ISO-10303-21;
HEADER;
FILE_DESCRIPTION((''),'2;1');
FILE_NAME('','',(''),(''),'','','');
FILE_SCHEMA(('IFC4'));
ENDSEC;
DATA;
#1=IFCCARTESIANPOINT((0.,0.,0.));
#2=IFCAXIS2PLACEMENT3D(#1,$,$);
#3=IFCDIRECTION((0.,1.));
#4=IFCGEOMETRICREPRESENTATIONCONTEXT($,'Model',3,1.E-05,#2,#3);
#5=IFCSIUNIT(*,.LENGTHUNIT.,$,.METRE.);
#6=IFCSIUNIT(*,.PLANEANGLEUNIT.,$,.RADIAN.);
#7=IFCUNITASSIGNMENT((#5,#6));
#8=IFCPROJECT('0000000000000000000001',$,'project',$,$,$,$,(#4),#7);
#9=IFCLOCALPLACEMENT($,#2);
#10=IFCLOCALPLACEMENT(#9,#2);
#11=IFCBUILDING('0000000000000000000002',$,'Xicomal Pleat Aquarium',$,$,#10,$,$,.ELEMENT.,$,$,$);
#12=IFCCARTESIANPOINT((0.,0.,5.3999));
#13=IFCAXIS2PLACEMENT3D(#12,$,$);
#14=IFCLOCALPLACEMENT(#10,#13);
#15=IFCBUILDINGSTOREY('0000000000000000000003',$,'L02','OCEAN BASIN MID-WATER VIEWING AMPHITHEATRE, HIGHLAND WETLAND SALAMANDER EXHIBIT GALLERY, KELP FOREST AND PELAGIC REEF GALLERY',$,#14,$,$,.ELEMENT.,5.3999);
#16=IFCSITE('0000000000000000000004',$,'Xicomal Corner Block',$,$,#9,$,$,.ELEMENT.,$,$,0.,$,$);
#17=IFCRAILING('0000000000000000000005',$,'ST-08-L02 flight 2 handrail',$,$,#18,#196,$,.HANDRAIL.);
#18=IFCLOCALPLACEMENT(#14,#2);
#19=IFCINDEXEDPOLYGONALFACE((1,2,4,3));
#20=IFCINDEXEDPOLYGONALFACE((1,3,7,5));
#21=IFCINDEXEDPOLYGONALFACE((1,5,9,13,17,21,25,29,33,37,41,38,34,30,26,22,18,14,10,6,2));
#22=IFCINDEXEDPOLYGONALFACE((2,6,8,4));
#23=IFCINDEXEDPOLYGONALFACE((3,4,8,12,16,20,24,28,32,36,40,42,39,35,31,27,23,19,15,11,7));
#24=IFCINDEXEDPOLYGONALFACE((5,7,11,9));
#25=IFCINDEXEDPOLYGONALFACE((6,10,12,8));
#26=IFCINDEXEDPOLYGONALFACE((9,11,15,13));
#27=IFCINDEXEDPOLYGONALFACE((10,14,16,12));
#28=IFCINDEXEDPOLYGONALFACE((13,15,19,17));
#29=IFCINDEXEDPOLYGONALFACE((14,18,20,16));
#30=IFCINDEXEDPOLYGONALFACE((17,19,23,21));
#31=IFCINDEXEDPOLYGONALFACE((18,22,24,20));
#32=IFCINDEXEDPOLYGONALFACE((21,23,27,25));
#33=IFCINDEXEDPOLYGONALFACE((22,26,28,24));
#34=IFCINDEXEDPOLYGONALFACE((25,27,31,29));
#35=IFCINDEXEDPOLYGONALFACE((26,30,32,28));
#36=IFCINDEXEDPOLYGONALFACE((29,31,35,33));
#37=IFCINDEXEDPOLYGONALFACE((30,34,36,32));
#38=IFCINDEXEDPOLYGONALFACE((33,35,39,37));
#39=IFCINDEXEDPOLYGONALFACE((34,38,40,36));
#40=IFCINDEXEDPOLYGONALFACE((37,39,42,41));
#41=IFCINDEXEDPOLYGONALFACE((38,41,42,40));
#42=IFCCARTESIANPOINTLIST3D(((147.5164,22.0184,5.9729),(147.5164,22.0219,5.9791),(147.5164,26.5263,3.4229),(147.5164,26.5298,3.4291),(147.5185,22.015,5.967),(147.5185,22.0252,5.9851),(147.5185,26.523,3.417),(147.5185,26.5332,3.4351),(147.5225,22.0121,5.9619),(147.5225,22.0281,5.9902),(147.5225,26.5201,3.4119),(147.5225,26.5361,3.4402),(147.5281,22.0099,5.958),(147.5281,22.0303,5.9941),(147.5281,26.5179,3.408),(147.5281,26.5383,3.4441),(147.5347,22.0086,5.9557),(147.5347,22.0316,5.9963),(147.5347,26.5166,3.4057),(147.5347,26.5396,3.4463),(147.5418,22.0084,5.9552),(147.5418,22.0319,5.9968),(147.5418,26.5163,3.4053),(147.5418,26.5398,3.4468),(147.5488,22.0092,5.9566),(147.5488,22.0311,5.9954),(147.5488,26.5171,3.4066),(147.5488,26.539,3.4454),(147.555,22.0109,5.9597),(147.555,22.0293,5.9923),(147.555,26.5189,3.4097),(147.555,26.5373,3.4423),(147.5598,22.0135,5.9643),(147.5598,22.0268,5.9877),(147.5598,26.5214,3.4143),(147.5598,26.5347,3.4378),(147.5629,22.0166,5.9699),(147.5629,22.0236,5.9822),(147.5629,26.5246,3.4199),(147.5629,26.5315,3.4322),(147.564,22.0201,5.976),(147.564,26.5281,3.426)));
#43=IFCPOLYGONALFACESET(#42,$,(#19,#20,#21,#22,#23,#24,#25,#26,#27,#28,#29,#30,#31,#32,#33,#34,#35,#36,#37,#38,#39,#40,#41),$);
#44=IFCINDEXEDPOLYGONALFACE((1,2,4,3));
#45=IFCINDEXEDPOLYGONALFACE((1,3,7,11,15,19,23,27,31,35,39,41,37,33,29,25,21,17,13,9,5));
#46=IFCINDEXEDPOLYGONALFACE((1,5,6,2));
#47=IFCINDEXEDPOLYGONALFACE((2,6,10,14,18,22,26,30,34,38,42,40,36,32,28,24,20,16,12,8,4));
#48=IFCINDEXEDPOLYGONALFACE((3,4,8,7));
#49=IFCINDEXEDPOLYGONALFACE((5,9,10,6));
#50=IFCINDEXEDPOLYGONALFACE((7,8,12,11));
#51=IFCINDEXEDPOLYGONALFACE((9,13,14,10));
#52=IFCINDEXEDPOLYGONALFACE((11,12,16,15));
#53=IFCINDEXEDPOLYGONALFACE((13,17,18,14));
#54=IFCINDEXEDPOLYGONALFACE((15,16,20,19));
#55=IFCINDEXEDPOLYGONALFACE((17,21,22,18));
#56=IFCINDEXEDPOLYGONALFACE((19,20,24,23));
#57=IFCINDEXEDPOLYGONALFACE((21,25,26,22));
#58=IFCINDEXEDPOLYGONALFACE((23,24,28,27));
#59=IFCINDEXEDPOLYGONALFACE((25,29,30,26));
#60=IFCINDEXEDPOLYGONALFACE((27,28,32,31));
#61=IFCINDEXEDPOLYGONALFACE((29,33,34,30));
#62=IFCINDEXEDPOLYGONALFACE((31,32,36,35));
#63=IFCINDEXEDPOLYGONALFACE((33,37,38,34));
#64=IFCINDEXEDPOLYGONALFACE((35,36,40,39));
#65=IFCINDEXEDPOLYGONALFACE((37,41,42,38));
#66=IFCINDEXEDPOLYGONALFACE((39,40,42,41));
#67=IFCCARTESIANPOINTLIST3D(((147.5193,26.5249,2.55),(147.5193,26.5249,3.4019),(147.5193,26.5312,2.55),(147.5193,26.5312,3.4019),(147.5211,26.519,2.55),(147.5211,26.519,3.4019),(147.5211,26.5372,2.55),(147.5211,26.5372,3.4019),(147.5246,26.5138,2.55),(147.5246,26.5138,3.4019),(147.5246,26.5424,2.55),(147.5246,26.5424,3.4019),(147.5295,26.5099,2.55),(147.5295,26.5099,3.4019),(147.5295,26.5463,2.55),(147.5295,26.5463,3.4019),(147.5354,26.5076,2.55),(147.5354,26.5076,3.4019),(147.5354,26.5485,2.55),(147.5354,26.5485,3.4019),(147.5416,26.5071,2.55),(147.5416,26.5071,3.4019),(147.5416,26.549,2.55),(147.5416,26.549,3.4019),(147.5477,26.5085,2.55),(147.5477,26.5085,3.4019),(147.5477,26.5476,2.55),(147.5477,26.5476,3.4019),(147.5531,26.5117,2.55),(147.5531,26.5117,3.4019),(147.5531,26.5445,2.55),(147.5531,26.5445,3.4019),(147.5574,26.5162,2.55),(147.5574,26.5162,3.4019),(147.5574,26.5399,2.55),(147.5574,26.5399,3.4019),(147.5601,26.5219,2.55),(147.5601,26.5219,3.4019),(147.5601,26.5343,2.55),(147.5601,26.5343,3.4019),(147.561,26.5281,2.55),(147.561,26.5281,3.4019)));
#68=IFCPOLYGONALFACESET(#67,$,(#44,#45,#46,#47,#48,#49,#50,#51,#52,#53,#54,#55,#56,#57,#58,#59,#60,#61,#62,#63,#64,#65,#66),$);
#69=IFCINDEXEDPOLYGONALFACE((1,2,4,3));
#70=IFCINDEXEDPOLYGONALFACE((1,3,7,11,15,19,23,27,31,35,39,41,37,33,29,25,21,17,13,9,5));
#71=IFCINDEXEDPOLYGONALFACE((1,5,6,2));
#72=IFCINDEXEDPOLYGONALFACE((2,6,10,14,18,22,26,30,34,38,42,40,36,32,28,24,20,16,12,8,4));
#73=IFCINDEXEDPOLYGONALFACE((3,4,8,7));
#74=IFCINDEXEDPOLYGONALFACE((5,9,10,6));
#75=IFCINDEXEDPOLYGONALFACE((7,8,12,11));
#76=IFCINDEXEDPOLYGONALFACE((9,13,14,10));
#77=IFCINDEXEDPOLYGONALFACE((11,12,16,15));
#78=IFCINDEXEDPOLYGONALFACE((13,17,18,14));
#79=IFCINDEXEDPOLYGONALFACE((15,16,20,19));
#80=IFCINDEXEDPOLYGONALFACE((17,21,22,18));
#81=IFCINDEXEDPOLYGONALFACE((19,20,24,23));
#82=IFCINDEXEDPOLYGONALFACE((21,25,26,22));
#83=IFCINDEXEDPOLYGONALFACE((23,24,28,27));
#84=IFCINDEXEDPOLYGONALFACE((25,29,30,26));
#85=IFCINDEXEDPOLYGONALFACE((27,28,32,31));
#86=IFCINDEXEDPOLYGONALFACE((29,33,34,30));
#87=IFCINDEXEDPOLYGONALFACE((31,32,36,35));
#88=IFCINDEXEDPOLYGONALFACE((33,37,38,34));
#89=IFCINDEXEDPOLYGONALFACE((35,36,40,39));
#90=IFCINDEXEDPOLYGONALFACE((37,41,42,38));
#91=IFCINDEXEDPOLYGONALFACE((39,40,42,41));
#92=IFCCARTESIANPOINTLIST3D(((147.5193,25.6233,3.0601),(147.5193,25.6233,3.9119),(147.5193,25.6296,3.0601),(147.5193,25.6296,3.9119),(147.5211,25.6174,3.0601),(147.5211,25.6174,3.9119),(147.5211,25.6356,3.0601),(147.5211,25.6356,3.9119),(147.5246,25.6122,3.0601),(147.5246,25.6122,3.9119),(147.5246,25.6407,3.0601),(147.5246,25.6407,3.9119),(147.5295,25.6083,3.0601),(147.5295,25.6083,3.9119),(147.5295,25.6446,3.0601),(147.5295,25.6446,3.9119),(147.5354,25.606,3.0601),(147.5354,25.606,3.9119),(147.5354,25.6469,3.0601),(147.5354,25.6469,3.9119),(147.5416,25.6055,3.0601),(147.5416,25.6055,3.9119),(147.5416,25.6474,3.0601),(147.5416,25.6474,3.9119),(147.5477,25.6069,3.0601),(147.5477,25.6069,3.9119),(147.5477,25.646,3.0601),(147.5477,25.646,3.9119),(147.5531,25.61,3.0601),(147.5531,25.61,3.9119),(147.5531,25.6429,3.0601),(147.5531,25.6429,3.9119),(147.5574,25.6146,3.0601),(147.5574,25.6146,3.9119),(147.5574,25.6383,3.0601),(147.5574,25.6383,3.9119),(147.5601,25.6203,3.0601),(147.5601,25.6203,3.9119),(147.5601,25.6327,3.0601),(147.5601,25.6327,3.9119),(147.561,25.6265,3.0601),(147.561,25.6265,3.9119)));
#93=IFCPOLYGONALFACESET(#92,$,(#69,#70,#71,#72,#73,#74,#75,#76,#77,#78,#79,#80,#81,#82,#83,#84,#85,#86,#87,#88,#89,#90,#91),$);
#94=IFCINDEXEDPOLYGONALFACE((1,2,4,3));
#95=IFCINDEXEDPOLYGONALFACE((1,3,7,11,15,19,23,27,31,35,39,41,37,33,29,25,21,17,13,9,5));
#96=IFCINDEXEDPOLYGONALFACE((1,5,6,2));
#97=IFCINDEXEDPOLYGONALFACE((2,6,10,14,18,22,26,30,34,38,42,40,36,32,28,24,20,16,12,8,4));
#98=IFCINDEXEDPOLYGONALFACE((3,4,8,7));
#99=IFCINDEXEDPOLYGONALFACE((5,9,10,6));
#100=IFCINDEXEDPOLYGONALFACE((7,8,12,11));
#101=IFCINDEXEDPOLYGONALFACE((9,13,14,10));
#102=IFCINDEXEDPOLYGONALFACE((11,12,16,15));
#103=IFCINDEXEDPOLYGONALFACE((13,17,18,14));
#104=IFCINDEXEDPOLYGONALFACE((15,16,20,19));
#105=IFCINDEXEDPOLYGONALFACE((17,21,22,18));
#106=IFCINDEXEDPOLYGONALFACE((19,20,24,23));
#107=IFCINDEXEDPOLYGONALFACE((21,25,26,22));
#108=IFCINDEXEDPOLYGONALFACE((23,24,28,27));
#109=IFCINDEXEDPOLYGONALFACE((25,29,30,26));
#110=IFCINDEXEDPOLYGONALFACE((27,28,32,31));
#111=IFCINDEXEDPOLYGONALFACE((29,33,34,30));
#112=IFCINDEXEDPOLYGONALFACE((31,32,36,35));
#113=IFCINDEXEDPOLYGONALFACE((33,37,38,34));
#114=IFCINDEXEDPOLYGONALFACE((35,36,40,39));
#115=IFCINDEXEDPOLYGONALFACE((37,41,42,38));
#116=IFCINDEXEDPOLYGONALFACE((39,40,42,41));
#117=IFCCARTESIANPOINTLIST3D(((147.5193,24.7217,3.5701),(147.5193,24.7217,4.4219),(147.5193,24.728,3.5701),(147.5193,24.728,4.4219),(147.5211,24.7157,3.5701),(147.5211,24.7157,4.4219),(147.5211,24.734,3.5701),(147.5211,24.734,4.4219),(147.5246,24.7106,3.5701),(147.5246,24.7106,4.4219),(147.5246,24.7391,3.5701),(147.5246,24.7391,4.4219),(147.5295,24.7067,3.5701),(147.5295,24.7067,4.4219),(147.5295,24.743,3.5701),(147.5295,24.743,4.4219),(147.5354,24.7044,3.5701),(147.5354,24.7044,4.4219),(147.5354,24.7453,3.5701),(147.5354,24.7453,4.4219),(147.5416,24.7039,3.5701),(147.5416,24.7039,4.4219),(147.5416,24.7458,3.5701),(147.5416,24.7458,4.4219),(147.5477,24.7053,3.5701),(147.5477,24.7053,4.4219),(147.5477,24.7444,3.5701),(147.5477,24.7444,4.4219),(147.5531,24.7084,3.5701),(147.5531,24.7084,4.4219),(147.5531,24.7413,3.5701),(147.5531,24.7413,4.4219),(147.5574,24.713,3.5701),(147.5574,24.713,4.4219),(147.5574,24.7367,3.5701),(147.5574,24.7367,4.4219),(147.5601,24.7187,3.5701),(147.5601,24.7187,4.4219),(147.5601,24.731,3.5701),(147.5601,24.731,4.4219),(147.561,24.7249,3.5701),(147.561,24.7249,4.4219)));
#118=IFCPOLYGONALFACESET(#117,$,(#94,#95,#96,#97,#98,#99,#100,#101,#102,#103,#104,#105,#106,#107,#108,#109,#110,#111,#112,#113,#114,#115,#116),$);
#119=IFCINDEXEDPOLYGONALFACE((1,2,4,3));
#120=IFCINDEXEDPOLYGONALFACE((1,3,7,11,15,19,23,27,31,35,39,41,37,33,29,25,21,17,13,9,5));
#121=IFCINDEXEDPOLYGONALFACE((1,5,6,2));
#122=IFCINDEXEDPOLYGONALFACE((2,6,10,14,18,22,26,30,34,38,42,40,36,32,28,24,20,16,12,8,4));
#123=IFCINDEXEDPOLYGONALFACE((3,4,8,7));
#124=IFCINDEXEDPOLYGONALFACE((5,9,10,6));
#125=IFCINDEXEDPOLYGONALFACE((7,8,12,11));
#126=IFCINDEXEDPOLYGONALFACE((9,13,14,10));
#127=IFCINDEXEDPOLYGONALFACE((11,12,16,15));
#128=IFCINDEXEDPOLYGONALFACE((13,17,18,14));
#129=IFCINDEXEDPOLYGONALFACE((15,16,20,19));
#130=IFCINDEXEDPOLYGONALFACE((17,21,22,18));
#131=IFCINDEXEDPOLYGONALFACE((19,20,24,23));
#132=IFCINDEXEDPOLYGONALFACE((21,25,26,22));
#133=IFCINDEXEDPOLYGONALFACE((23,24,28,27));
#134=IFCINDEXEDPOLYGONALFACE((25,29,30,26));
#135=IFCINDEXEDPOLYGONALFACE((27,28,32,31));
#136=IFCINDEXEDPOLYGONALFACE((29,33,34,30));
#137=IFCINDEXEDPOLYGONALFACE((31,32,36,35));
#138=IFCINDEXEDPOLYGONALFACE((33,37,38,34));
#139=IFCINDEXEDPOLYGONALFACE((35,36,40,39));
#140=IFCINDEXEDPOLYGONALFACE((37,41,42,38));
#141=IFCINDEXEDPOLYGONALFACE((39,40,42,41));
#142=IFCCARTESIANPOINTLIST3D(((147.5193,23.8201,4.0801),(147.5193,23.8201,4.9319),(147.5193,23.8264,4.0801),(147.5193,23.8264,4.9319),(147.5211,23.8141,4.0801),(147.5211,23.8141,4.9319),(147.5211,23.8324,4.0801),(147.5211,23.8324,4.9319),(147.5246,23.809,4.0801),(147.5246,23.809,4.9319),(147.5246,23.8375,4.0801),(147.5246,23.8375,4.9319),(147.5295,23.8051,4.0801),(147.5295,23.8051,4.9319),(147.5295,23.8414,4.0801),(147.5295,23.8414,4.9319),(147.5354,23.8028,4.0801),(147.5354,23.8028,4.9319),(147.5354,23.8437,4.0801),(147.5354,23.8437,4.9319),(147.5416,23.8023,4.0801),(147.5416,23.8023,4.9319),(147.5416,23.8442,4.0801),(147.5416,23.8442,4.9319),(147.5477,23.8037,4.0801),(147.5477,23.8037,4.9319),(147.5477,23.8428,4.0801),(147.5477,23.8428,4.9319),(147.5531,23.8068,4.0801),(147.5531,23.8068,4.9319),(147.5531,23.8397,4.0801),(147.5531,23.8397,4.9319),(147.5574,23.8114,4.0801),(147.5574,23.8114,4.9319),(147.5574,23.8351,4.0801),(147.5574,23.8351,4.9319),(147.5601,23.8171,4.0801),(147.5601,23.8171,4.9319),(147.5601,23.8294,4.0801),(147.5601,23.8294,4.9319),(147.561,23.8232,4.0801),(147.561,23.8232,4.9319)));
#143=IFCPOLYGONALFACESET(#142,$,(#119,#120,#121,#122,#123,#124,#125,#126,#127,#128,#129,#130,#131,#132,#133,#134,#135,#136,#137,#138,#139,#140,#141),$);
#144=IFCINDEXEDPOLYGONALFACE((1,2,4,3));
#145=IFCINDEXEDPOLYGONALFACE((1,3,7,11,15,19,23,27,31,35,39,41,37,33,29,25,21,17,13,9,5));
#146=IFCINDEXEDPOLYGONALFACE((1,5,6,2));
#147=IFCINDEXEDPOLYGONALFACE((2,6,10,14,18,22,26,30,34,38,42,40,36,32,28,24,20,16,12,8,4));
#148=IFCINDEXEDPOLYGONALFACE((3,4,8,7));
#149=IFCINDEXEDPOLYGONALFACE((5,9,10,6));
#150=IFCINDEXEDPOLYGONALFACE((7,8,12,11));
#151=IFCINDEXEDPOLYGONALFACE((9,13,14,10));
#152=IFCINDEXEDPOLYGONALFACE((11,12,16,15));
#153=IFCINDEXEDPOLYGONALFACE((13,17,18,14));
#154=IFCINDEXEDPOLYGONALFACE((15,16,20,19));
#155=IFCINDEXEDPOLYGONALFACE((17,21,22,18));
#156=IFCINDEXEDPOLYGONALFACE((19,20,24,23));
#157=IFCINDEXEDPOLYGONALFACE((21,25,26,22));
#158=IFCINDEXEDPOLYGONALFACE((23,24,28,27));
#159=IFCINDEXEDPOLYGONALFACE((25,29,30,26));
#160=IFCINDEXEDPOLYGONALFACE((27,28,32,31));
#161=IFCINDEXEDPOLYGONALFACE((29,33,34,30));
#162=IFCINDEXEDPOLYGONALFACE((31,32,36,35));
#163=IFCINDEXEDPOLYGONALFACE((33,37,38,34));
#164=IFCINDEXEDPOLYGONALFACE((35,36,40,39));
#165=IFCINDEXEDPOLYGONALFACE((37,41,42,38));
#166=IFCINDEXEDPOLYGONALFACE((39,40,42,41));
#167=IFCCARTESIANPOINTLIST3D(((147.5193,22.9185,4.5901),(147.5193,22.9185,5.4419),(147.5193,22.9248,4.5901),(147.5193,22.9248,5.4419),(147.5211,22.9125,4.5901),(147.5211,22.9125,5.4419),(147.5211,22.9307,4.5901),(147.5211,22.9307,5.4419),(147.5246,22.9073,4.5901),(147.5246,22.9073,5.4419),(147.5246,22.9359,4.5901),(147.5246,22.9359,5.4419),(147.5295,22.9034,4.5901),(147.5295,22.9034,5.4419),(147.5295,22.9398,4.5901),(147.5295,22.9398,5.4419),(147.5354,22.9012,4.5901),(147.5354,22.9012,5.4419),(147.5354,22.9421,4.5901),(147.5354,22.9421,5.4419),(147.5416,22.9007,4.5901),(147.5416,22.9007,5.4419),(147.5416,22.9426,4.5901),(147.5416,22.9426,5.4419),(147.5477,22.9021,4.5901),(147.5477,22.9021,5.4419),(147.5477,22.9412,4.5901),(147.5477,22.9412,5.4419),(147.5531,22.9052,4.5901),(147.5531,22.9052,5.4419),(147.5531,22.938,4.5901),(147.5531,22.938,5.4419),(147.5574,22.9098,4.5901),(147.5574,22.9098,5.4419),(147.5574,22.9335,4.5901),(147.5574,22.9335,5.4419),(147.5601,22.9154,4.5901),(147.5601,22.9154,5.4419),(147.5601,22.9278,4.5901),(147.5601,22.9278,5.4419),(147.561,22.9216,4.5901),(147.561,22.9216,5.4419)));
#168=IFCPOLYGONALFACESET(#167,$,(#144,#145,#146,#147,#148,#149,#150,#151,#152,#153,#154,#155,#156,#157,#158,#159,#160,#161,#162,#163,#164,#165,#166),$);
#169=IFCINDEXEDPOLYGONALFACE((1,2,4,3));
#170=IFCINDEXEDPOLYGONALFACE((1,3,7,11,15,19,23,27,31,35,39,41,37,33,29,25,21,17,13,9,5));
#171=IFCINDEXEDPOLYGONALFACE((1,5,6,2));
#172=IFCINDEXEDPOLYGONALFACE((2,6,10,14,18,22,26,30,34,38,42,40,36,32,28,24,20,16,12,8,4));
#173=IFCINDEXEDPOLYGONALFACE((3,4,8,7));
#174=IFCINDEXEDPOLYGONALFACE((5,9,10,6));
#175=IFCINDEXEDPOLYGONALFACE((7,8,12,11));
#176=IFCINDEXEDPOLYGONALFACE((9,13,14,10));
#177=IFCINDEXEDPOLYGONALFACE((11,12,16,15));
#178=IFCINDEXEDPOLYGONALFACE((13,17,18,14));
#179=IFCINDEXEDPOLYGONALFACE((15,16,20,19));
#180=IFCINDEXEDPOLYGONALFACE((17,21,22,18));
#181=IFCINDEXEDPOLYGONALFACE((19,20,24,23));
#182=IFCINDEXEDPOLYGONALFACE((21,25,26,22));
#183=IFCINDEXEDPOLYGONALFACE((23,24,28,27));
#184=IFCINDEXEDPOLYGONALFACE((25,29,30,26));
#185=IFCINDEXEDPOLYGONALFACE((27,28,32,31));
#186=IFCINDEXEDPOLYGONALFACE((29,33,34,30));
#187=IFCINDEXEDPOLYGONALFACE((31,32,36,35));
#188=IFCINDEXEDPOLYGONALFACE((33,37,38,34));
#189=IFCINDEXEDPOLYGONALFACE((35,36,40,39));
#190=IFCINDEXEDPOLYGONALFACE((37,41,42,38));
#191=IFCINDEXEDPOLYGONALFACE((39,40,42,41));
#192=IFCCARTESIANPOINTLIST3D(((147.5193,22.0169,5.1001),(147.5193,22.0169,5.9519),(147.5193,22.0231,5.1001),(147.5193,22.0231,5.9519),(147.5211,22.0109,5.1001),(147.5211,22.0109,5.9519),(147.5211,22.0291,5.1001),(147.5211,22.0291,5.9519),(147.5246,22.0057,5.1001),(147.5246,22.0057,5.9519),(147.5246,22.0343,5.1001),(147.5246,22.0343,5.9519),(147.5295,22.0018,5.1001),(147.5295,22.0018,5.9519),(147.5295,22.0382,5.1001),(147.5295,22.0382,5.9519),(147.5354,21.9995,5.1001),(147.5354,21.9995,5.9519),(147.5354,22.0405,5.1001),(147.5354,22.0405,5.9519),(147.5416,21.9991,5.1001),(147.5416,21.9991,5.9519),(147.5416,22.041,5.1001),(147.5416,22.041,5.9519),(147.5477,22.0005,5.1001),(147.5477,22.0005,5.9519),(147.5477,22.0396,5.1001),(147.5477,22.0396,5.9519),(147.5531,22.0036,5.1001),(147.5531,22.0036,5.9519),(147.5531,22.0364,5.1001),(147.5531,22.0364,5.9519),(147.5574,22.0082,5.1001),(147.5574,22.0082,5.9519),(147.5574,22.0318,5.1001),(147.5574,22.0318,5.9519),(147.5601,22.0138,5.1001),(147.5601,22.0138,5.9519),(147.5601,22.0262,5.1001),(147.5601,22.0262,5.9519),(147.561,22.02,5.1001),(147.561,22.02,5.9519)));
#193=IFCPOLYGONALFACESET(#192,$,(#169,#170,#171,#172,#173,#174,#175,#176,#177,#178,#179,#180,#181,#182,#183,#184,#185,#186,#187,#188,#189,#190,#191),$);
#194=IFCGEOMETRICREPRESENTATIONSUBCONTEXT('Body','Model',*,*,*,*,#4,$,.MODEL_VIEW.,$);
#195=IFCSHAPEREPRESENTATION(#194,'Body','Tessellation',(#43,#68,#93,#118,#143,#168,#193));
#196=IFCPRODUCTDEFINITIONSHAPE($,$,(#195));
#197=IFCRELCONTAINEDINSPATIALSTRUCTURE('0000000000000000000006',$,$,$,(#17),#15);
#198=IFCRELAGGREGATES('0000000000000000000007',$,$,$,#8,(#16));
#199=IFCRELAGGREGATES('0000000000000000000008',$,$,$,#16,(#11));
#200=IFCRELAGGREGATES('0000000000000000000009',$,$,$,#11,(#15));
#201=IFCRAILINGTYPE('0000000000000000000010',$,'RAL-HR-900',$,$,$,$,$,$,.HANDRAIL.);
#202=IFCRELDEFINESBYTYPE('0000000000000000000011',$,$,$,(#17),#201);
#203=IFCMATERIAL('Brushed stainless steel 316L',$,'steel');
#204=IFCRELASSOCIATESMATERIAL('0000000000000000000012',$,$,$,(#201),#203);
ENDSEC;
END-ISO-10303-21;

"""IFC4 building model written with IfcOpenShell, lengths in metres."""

from ifc_helpers import new_model, si_unit, direction, frame, origin, origin_2d, place, context, subcontext, project, spatial, circle, extrude, material, type_object, element, save


model = new_model("IFC4")

# Units and contexts
model_context = context("Model", 3, precision=1e-05, world=origin(), true_north=direction((0.0, 1.0)))
body_context = subcontext(model_context, "Body", "Model", "MODEL_VIEW")
ifc_project = project(units=[si_unit("LENGTHUNIT", "METRE"), si_unit("PLANEANGLEUNIT", "RADIAN")], contexts=[model_context])

# Site, building, storey
site_placement = place(None, origin())
site = spatial("IfcSite", under=ifc_project, at=site_placement, Name="Xicomal Corner Block", CompositionType="ELEMENT", RefElevation=0.0)
building_placement = place(site_placement, origin())
building = spatial("IfcBuilding", under=site, at=building_placement, Name="Xicomal Pleat Aquarium", CompositionType="ELEMENT")
storey_placement = place(building_placement, frame((0.0, 0.0, 5.3999)))
storey = spatial("IfcBuildingStorey", under=building, at=storey_placement, Name="L02", Description="OCEAN BASIN MID-WATER VIEWING AMPHITHEATRE, HIGHLAND WETLAND SALAMANDER EXHIBIT GALLERY, KELP FOREST AND PELAGIC REEF GALLERY", CompositionType="ELEMENT", Elevation=5.3999)

# Railing
ifc_material_1 = material(Name="Brushed stainless steel 316L", Category="steel")
railing_type_1 = type_object("IfcRailingType", Name="RAL-HR-900", PredefinedType="HANDRAIL", material=ifc_material_1)
railing_1_placement = place(storey_placement, frame((147.54, 26.5281, 2.55)))
element("IfcRailing", 1, at=railing_1_placement, inside=storey, type_object=railing_type_1, Name="ST-08-L02 flight 2 handrail", PredefinedType="HANDRAIL", context=body_context, shape_type="SweptSolid", body=[
    extrude(circle(Radius=0.0239, at=origin_2d()), frame((0.0, 0.0, 0.876), z_axis=(0.0, -0.870396, 0.492352), x_axis=(1.0, 0.0, 0.0)), (0.0, 0.0, 1.0), 5.1792),
    extrude(circle(Radius=0.021, at=origin_2d()), origin(), (0.0, 0.0, 1.0), 0.8518),
    extrude(circle(Radius=0.021, at=origin_2d()), frame((0.0, -0.9016, 0.51)), (0.0, 0.0, 1.0), 0.8518),
    extrude(circle(Radius=0.021, at=origin_2d()), frame((0.0, -1.8032, 1.02)), (0.0, 0.0, 1.0), 0.8518),
    extrude(circle(Radius=0.021, at=origin_2d()), frame((0.0, -2.7048, 1.53)), (0.0, 0.0, 1.0), 0.8518),
    extrude(circle(Radius=0.021, at=origin_2d()), frame((0.0, -3.6064, 2.04)), (0.0, 0.0, 1.0), 0.8518),
    extrude(circle(Radius=0.021, at=origin_2d()), frame((0.0, -4.5081, 2.55)), (0.0, 0.0, 1.0), 0.8518),
])

save(model, "model.ifc")
